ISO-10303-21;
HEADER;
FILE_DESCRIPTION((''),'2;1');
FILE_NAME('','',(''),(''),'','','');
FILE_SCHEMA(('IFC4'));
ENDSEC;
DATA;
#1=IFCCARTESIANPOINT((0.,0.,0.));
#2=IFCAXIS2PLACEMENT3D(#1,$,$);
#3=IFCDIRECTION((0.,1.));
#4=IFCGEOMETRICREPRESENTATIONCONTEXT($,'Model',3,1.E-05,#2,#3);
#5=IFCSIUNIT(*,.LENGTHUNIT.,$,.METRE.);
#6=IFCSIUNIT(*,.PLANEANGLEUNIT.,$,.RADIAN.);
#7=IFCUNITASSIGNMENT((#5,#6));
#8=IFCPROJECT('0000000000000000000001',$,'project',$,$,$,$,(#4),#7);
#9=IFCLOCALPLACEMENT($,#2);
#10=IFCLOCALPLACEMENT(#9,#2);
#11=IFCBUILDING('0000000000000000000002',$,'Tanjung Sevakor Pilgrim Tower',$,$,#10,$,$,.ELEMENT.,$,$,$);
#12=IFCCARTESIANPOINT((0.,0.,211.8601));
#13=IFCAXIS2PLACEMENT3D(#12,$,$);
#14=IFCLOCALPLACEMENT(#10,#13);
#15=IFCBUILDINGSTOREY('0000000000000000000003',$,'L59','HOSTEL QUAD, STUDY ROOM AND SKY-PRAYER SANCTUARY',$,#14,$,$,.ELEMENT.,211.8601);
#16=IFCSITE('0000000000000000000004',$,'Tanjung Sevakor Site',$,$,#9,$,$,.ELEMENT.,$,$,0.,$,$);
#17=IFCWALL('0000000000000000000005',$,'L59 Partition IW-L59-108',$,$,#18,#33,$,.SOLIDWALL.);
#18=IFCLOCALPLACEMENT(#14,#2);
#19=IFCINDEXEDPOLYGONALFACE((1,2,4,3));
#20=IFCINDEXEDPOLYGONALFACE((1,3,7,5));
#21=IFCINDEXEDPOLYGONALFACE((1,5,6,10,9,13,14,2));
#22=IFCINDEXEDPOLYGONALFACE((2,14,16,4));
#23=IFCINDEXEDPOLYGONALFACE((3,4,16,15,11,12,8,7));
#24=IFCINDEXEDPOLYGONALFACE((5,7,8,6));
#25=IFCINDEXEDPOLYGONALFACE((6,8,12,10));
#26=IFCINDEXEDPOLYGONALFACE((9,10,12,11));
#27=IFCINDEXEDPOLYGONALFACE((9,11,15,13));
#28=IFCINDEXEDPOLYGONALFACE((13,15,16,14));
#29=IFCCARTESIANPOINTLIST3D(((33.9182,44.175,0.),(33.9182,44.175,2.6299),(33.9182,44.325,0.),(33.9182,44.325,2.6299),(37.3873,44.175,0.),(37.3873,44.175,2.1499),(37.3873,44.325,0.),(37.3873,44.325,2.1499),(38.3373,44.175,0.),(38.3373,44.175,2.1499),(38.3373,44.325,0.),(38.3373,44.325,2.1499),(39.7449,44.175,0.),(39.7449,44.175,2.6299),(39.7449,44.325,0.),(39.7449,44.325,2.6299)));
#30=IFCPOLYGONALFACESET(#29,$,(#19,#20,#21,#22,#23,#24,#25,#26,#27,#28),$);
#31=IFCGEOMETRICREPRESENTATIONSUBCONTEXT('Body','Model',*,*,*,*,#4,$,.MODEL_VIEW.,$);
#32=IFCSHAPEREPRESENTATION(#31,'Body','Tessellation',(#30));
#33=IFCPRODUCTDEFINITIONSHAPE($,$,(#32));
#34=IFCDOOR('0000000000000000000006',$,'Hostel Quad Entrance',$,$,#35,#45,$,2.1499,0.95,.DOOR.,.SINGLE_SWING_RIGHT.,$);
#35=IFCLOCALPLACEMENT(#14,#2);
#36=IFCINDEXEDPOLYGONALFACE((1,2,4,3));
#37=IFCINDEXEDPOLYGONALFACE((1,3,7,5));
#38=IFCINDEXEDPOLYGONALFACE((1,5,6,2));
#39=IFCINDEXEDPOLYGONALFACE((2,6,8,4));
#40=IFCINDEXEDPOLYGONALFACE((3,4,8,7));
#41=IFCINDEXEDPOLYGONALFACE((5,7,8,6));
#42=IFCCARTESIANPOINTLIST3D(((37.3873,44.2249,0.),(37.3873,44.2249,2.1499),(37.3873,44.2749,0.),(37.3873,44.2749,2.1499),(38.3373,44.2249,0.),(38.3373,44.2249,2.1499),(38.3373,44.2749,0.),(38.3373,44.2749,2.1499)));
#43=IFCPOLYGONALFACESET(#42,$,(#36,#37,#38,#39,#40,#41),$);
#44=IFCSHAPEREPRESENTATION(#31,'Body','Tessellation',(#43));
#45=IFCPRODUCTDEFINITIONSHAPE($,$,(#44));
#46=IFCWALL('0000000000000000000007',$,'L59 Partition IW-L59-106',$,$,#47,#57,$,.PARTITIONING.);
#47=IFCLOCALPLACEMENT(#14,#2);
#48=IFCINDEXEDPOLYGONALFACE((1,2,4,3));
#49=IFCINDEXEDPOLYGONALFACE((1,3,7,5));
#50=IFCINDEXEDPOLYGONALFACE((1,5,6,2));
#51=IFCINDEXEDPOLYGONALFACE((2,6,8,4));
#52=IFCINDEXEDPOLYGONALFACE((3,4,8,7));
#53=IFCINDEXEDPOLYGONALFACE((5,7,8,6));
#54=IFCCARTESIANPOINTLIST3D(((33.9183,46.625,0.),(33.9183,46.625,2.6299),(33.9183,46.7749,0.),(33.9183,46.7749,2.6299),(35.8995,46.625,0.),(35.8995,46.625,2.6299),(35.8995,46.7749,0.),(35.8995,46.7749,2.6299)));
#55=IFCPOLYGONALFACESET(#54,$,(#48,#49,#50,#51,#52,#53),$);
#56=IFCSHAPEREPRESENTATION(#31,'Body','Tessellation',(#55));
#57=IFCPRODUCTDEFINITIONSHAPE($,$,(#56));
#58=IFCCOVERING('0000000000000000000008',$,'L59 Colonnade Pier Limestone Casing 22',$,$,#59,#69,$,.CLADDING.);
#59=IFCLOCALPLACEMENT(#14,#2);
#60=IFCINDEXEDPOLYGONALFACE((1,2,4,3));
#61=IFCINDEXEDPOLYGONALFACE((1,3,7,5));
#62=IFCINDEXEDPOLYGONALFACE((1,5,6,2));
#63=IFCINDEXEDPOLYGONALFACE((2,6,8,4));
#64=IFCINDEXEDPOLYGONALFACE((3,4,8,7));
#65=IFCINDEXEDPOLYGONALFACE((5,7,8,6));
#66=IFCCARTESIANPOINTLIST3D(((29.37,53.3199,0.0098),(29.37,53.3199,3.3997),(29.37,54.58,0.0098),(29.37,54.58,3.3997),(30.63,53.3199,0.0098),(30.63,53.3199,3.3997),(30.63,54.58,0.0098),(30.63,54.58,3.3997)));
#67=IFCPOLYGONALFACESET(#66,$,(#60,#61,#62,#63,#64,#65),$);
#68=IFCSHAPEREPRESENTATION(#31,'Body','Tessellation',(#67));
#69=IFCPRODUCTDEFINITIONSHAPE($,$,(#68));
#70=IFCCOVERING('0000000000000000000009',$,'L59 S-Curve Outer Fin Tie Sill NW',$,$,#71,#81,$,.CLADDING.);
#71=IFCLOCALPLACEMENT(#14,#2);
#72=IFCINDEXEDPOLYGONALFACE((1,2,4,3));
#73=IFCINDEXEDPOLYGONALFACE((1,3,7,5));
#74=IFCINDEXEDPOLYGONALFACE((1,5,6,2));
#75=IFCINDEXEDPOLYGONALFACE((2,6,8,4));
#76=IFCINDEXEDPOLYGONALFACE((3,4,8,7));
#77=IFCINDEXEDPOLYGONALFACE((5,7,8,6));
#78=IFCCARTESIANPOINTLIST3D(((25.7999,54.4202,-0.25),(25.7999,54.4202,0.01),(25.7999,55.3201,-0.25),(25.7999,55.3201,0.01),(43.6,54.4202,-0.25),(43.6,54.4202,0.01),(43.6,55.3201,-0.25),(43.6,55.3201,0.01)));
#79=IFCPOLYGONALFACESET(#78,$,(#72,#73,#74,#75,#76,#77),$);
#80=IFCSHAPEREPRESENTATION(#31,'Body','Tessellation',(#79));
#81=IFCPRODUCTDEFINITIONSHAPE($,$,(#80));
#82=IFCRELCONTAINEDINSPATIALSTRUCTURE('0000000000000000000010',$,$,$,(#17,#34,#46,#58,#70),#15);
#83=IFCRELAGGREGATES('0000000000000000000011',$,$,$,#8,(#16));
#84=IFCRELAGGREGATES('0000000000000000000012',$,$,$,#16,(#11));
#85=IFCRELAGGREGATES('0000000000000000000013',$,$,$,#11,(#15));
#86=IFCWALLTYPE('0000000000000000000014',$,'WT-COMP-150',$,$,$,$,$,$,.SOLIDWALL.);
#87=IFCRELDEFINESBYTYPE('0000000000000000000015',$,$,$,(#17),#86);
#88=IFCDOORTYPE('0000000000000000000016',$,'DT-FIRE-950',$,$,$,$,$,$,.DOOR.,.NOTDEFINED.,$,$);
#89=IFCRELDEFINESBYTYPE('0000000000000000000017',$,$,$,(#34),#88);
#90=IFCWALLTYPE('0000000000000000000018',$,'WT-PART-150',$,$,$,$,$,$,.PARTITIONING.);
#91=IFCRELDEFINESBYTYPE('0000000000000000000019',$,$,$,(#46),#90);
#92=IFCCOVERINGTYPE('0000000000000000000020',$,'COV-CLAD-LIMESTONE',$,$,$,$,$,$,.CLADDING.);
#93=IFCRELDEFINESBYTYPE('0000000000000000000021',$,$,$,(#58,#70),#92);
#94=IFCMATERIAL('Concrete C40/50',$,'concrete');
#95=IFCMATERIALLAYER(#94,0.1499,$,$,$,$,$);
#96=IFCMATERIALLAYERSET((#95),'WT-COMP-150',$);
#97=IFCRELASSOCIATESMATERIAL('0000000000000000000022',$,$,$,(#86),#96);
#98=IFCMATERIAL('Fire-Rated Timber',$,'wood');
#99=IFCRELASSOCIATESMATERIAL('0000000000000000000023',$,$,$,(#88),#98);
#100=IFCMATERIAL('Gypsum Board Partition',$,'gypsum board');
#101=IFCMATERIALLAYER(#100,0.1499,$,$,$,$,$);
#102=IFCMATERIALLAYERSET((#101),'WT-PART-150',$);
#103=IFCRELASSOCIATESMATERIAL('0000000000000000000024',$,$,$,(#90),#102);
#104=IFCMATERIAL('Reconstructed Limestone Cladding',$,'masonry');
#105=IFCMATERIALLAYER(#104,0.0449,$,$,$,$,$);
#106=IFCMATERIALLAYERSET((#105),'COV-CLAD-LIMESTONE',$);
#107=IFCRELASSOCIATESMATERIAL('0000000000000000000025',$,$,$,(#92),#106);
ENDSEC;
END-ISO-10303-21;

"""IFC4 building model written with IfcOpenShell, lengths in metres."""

from ifc_helpers import new_model, si_unit, direction, frame, frame_2d, origin, origin_2d, place, context, subcontext, project, spatial, rectangle, extrude, material, layer, layer_set, type_object, element, fill, save


model = new_model("IFC4")

# Units and contexts
model_context = context("Model", 3, precision=1e-05, world=origin(), true_north=direction((0.0, 1.0)))
body_context = subcontext(model_context, "Body", "Model", "MODEL_VIEW")
ifc_project = project(units=[si_unit("LENGTHUNIT", "METRE"), si_unit("PLANEANGLEUNIT", "RADIAN")], contexts=[model_context])

# Site, building, storey
site_placement = place(None, origin())
site = spatial("IfcSite", under=ifc_project, at=site_placement, Name="Tanjung Sevakor Site", CompositionType="ELEMENT", RefElevation=0.0)
building_placement = place(site_placement, origin())
building = spatial("IfcBuilding", under=site, at=building_placement, Name="Tanjung Sevakor Pilgrim Tower", CompositionType="ELEMENT")
storey_placement = place(building_placement, frame((0.0, 0.0, 211.8601)))
storey = spatial("IfcBuildingStorey", under=building, at=storey_placement, Name="L59", Description="HOSTEL QUAD, STUDY ROOM AND SKY-PRAYER SANCTUARY", CompositionType="ELEMENT", Elevation=211.8601)

# Shared definitions
ifc_material_1 = material(Name="Concrete C40/50", Category="concrete")
ifc_layer_1 = layer(ifc_material_1, 0.1499)
ifc_layer_set_1 = layer_set([ifc_layer_1], Name="WT-COMP-150")
wall_type_1 = type_object("IfcWallType", Name="WT-COMP-150", PredefinedType="SOLIDWALL", material=ifc_layer_set_1)

# Wall, opening, door
wall_1_placement = place(storey_placement, frame((33.9182, 44.25, 0.0), z_axis=(0.0, 0.0, 1.0), x_axis=(1.0, 0.0, 0.0)))
wall_1 = element("IfcWall", 1, at=wall_1_placement, inside=storey, type_object=wall_type_1, Name="L59 Partition IW-L59-108", PredefinedType="SOLIDWALL", context=body_context, shape_type="SweptSolid", body=[
    extrude(rectangle(XDim=5.8267, YDim=0.1499, at=frame_2d((2.9133, 0.0))), origin(), (0.0, 0.0, 1.0), 2.6299),
])
opening_1_placement = place(wall_1_placement, frame((3.469, 0.0, 0.0)))
opening_1 = element("IfcOpeningElement", 2, at=opening_1_placement, cuts=wall_1, PredefinedType="OPENING", context=body_context, shape_type="SweptSolid", body=[
    extrude(rectangle(XDim=0.95, YDim=2.1499, at=frame_2d((0.4751, 1.075))), frame((0.0, 0.085, 0.0), z_axis=(0.0, -1.0, 0.0), x_axis=(1.0, 0.0, 0.0)), (0.0, 0.0, 1.0), 0.1699),
])
ifc_material_2 = material(Name="Fire-Rated Timber", Category="wood")
door_type_1 = type_object("IfcDoorType", Name="DT-FIRE-950", OperationType="NOTDEFINED", PredefinedType="DOOR", material=ifc_material_2)
door_1_placement = place(opening_1_placement, origin())
door_1 = element("IfcDoor", 3, at=door_1_placement, inside=storey, type_object=door_type_1, Name="Hostel Quad Entrance", OperationType="SINGLE_SWING_RIGHT", OverallHeight=2.1499, OverallWidth=0.95, PredefinedType="DOOR", context=body_context, shape_type="SweptSolid", body=[
    extrude(rectangle(XDim=0.95, YDim=2.1499, at=frame_2d((0.4751, 1.075))), frame((0.0, 0.0249, 0.0), z_axis=(0.0, -1.0, 0.0), x_axis=(1.0, 0.0, 0.0)), (0.0, 0.0, 1.0), 0.05),
])
fill(opening_1, door_1)

# Wall
ifc_material_3 = material(Name="Gypsum Board Partition", Category="gypsum board")
ifc_layer_2 = layer(ifc_material_3, 0.1499)
ifc_layer_set_2 = layer_set([ifc_layer_2], Name="WT-PART-150")
wall_type_2 = type_object("IfcWallType", Name="WT-PART-150", PredefinedType="PARTITIONING", material=ifc_layer_set_2)
wall_2_placement = place(storey_placement, frame((33.9182, 46.7, 0.0), z_axis=(0.0, 0.0, 1.0), x_axis=(1.0, 0.0, 0.0)))
element("IfcWall", 4, at=wall_2_placement, inside=storey, type_object=wall_type_2, Name="L59 Partition IW-L59-106", PredefinedType="PARTITIONING", context=body_context, shape_type="SweptSolid", body=[
    extrude(rectangle(XDim=1.9812, YDim=0.1499, at=frame_2d((0.9907, 0.0))), origin(), (0.0, 0.0, 1.0), 2.6299),
])

# Coverings
ifc_material_4 = material(Name="Reconstructed Limestone Cladding", Category="masonry")
ifc_layer_3 = layer(ifc_material_4, 0.0449)
ifc_layer_set_3 = layer_set([ifc_layer_3], Name="COV-CLAD-LIMESTONE")
covering_type = type_object("IfcCoveringType", Name="COV-CLAD-LIMESTONE", PredefinedType="CLADDING", material=ifc_layer_set_3)
covering_1_placement = place(storey_placement, frame((30.0, 53.95, 0.0098), z_axis=(0.0, 0.0, 1.0), x_axis=(1.0, 0.0, 0.0)))
element("IfcCovering", 5, at=covering_1_placement, inside=storey, type_object=covering_type, Name="L59 Colonnade Pier Limestone Casing 22", PredefinedType="CLADDING", context=body_context, shape_type="SweptSolid", body=[
    extrude(rectangle(XDim=1.26, YDim=1.26, at=origin_2d()), origin(), (0.0, 0.0, 1.0), 3.3899),
])
covering_2_placement = place(storey_placement, frame((34.7, 54.8701, -0.25), z_axis=(0.0, 0.0, 1.0), x_axis=(1.0, 0.0, 0.0)))
element("IfcCovering", 6, at=covering_2_placement, inside=storey, type_object=covering_type, Name="L59 S-Curve Outer Fin Tie Sill NW", PredefinedType="CLADDING", context=body_context, shape_type="SweptSolid", body=[
    extrude(rectangle(XDim=17.8, YDim=0.8999, at=origin_2d()), origin(), (0.0, 0.0, 1.0), 0.26),
])

save(model, "model.ifc")
